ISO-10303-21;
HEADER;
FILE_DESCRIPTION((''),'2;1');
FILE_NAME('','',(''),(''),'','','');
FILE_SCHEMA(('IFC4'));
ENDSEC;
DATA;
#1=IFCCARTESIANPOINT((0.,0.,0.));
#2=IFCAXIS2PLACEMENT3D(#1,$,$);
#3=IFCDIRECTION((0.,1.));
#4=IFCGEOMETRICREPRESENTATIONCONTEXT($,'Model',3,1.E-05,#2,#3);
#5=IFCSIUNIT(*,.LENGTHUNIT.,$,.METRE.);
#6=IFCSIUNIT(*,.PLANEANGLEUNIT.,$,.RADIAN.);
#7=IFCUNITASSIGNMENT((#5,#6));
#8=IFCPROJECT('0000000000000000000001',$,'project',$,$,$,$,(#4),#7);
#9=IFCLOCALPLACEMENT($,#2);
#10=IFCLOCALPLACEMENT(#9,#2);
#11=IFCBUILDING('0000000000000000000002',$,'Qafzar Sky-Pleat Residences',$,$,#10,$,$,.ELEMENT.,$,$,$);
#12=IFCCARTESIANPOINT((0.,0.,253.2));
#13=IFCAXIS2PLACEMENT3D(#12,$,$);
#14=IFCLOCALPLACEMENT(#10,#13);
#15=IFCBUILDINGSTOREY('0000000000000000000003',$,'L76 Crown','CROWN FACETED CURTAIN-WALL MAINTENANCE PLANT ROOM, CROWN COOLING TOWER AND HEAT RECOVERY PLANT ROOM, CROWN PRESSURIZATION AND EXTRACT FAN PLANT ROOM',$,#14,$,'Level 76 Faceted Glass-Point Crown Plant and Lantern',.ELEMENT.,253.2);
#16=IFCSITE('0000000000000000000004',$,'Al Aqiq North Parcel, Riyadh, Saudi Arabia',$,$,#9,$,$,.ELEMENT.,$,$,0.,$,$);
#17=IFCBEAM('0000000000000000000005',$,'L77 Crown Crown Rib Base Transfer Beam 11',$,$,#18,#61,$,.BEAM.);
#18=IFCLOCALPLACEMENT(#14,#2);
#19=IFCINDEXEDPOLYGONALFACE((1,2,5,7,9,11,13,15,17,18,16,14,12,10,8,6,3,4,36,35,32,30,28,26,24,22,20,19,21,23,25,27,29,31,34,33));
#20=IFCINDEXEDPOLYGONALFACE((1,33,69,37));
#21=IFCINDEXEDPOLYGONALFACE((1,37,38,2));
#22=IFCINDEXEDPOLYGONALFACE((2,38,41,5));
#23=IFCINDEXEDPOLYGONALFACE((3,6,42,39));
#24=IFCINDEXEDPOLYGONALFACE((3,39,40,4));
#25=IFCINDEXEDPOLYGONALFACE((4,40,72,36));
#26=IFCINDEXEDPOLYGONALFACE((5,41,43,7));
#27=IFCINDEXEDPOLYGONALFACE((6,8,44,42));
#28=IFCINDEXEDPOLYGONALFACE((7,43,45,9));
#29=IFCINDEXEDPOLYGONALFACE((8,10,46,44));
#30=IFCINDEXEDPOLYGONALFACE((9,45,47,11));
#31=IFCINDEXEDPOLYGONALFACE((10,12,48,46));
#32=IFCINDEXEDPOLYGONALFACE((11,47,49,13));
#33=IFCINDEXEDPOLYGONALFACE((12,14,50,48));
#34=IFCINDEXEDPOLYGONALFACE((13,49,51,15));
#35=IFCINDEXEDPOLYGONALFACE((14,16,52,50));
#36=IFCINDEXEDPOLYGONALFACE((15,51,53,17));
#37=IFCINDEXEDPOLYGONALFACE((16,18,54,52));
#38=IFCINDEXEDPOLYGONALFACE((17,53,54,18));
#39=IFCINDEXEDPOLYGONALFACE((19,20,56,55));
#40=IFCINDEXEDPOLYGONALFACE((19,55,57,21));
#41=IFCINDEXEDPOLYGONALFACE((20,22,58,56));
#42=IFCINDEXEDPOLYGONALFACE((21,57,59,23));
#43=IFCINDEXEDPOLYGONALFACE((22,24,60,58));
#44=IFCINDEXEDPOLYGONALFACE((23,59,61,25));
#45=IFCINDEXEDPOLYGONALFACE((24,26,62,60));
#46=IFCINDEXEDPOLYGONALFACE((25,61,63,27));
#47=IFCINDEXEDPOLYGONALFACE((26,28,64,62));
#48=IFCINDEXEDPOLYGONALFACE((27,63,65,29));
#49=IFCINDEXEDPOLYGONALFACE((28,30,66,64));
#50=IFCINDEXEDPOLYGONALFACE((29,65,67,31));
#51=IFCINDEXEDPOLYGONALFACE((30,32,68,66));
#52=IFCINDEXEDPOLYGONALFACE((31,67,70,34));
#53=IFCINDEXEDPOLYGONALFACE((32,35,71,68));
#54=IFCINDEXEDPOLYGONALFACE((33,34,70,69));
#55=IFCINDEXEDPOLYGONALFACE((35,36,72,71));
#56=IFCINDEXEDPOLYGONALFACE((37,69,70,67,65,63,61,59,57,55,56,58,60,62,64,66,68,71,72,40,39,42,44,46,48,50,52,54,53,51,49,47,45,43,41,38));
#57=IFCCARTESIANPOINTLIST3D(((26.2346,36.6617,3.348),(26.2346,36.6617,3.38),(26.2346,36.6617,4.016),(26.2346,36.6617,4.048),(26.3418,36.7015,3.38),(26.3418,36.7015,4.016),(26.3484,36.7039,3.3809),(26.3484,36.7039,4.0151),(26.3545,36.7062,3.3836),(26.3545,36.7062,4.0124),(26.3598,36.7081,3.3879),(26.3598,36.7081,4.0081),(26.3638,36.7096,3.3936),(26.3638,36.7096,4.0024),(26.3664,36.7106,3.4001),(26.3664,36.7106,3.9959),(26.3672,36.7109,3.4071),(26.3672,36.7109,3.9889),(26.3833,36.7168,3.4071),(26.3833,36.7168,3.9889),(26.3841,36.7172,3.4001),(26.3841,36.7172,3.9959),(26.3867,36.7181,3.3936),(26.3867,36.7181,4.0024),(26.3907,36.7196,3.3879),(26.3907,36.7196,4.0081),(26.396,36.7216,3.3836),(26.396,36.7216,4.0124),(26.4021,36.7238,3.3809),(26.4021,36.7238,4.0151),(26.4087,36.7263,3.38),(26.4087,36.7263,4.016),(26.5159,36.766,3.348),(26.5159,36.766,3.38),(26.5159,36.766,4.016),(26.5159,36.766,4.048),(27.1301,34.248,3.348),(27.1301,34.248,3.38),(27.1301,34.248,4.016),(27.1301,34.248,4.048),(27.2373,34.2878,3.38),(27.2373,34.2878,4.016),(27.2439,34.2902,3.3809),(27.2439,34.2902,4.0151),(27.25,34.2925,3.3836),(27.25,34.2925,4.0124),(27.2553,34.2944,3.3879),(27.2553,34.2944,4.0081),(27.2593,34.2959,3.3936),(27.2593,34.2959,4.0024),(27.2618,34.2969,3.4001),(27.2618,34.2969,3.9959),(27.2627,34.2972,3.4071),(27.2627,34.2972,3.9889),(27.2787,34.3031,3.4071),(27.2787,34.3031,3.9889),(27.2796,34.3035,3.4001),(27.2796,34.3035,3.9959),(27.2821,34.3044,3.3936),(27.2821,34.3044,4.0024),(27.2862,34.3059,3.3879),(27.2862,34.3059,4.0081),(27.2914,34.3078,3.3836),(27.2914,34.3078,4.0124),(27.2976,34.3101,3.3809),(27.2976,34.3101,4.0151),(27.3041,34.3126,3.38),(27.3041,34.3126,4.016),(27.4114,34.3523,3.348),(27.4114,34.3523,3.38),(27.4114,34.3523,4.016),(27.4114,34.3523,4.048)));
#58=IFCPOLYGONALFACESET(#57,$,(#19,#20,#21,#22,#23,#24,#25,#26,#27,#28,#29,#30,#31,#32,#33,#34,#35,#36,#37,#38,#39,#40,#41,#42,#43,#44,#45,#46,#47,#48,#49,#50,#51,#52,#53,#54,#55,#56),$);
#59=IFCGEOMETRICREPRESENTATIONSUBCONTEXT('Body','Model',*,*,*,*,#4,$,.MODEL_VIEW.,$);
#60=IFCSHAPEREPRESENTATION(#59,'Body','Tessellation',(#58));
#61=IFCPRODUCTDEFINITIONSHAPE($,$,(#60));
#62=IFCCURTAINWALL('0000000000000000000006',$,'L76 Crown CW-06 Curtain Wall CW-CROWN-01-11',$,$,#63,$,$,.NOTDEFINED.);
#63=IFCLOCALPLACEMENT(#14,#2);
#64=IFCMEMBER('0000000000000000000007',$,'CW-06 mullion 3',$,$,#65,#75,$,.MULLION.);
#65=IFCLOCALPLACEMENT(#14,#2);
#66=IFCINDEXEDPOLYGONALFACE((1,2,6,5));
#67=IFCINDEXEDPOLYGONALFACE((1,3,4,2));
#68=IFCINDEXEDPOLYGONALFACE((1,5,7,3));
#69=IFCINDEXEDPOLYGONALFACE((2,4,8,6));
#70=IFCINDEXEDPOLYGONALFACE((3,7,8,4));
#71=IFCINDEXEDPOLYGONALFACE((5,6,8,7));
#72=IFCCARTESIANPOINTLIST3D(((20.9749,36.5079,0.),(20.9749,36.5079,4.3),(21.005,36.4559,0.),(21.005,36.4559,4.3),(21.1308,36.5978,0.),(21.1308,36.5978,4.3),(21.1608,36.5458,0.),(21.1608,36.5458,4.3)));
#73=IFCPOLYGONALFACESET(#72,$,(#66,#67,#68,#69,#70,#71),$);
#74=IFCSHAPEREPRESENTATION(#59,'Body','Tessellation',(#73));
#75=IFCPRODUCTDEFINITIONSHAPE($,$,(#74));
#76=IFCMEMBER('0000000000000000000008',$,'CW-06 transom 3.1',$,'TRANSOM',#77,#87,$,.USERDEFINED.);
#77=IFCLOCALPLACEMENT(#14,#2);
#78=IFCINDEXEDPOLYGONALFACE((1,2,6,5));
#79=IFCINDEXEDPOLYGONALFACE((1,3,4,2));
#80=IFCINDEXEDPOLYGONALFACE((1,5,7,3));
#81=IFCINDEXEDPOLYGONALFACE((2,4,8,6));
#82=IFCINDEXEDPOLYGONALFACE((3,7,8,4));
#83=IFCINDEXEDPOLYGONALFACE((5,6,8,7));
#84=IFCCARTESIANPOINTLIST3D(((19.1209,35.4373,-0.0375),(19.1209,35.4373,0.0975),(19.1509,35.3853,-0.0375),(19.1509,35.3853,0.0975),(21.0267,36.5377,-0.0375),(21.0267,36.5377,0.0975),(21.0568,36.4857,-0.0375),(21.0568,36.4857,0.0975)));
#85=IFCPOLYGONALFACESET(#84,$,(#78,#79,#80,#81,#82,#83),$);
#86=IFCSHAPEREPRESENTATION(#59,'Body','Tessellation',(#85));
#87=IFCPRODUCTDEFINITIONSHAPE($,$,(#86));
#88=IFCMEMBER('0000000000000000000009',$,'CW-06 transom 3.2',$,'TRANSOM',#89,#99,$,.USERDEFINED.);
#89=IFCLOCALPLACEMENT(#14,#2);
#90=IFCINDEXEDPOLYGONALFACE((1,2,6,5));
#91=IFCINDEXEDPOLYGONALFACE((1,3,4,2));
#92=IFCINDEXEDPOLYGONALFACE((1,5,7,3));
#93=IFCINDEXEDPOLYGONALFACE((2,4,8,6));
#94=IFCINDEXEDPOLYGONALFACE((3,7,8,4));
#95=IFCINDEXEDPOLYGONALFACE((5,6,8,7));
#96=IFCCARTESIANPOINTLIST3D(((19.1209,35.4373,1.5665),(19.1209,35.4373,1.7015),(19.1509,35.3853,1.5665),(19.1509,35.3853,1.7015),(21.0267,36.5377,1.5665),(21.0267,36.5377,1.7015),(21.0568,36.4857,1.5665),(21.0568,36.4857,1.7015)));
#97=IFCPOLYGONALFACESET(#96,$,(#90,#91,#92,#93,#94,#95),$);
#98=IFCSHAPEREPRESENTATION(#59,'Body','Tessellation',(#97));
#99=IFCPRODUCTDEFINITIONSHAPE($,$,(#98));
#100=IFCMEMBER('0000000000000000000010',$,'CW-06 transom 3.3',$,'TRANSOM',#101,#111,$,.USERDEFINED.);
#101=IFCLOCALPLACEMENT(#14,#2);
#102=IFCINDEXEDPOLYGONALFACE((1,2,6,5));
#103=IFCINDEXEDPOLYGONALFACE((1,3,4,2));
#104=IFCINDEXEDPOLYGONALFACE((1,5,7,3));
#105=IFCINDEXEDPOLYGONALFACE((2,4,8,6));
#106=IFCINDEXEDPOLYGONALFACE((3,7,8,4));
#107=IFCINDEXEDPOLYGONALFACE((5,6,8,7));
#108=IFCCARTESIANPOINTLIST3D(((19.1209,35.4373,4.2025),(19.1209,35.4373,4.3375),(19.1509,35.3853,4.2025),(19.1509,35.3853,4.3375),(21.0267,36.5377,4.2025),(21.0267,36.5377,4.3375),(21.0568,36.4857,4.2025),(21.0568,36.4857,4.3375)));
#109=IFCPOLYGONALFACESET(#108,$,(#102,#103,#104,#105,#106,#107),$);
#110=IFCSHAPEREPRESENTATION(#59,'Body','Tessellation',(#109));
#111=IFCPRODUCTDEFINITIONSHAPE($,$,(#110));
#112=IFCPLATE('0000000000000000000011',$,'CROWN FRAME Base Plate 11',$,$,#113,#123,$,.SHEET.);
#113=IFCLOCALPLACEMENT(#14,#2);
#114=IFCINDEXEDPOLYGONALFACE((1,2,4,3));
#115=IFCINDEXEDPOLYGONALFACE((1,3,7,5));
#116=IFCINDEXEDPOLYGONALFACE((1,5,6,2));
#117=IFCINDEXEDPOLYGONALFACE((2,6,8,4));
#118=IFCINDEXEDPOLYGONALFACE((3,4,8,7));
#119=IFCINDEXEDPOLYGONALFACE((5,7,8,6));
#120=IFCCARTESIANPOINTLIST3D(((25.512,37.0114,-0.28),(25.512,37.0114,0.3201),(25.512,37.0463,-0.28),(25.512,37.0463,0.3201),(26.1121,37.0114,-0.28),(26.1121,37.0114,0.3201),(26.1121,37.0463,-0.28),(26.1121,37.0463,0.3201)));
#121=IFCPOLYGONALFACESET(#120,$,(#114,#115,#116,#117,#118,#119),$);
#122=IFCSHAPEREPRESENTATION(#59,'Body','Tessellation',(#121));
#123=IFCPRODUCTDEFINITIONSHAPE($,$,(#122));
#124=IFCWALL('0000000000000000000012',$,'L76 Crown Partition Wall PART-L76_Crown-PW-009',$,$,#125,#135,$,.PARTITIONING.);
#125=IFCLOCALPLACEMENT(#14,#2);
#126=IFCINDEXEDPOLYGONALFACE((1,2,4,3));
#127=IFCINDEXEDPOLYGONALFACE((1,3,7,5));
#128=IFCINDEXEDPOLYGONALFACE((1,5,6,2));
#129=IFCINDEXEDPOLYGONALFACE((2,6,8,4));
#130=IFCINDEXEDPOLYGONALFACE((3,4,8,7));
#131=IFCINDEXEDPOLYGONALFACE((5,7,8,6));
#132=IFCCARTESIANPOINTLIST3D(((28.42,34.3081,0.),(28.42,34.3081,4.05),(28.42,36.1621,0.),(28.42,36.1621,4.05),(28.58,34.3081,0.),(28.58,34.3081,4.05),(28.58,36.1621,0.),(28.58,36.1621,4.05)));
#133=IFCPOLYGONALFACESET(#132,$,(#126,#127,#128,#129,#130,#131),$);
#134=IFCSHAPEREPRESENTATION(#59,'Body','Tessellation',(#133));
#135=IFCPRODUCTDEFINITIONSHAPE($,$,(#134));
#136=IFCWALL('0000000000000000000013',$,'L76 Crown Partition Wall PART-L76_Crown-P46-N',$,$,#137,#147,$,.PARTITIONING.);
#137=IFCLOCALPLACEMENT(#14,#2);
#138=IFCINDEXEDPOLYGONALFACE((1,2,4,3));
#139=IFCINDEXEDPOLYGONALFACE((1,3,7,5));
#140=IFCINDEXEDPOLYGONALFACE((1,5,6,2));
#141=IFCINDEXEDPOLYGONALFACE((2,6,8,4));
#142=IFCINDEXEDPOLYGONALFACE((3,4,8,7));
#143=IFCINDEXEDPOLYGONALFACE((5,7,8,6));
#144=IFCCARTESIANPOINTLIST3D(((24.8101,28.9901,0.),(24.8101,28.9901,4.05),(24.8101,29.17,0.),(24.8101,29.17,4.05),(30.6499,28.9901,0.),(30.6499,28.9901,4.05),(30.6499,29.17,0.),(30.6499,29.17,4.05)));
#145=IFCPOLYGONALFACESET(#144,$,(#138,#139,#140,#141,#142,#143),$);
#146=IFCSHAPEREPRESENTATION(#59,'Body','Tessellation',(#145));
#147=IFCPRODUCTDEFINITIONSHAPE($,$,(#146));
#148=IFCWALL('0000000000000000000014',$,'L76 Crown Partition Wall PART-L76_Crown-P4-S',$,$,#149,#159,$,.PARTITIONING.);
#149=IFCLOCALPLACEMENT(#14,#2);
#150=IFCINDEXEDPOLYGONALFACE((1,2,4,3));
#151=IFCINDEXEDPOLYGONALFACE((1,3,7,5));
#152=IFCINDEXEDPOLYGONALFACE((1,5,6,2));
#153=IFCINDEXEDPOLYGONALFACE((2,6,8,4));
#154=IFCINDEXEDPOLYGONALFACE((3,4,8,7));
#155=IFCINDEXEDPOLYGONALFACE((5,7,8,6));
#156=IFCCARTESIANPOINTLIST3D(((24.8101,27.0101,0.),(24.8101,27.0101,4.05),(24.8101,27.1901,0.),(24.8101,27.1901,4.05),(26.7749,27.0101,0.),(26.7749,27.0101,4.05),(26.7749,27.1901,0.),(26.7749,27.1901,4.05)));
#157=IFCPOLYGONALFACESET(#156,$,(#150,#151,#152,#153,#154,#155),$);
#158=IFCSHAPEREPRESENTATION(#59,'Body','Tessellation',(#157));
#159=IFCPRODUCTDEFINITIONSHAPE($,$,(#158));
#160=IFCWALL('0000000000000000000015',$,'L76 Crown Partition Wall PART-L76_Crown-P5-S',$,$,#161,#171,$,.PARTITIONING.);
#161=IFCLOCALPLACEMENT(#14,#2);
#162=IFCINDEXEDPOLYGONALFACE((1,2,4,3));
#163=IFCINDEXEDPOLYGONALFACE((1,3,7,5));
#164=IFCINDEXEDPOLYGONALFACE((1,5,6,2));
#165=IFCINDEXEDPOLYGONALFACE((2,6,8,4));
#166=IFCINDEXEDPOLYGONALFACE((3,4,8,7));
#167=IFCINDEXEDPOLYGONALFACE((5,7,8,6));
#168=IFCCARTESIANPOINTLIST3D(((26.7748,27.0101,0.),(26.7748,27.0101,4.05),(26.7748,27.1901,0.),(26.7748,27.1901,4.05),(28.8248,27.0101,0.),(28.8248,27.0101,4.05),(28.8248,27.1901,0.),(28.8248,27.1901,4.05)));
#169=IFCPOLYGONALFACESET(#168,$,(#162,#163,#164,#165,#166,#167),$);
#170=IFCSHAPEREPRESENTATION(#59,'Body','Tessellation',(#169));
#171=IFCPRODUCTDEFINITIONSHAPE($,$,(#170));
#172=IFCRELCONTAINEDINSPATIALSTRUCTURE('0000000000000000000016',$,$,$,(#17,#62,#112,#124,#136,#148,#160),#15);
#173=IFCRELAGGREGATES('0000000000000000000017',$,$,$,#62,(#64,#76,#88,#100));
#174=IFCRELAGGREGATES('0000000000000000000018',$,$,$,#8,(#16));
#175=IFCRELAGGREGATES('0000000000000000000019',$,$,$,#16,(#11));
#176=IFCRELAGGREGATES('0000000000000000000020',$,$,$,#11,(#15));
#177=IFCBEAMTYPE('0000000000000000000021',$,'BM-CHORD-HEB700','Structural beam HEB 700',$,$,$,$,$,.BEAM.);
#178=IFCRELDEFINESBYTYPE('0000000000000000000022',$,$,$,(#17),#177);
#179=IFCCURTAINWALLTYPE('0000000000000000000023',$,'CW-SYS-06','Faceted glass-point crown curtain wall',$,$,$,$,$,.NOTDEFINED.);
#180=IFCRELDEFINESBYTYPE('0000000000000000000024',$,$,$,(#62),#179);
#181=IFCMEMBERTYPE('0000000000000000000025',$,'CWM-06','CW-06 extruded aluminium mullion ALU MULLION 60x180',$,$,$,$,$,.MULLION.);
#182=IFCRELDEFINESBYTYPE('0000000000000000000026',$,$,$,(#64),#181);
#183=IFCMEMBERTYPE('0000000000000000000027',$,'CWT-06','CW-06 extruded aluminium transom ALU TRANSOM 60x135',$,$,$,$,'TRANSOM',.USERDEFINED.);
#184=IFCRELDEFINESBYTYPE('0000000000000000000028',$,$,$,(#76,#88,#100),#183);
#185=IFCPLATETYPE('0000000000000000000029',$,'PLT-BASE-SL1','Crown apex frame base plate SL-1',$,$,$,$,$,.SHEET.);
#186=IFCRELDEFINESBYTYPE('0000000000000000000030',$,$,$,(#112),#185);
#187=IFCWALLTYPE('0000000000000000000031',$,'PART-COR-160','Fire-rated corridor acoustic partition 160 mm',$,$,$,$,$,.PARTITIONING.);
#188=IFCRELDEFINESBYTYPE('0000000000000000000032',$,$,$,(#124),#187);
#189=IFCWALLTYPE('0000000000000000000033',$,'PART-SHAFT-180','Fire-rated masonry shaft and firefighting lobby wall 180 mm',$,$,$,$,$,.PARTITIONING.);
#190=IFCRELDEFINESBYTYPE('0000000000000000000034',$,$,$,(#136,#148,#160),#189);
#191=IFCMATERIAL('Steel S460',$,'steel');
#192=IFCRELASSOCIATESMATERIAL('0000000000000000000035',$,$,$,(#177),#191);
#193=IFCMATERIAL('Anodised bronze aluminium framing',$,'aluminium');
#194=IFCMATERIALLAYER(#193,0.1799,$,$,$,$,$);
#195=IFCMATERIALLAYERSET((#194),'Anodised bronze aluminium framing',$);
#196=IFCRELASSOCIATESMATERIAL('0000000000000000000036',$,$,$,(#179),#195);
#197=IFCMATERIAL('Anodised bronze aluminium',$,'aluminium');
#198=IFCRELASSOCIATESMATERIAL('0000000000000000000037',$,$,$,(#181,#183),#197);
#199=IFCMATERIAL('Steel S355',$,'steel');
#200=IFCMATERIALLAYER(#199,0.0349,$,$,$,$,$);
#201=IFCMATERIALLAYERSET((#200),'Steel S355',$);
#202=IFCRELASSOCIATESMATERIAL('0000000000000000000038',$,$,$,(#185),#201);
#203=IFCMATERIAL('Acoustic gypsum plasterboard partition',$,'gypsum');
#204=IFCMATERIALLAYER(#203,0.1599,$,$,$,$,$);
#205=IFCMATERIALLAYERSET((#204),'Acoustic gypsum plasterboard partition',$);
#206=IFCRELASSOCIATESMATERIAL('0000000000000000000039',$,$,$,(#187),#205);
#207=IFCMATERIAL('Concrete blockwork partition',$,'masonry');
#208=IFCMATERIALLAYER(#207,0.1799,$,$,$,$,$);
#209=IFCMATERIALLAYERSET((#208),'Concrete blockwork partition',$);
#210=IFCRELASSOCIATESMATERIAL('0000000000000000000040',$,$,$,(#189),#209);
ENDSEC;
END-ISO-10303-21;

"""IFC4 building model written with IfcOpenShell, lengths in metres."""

from ifc_helpers import new_model, si_unit, direction, frame, frame_2d, origin, origin_2d, place, context, subcontext, project, spatial, rectangle, i_section, extrude, source, transform, mapped, material, layer, layer_set, material_profile, profile_set, type_object, element, aggregate, save


model = new_model("IFC4")

# Units and contexts
model_context = context("Model", 3, precision=1e-05, world=origin(), true_north=direction((0.0, 1.0)))
body_context = subcontext(model_context, "Body", "Model", "MODEL_VIEW")
ifc_project = project(units=[si_unit("LENGTHUNIT", "METRE"), si_unit("PLANEANGLEUNIT", "RADIAN")], contexts=[model_context])

# Site, building, storey
site_placement = place(None, origin())
site = spatial("IfcSite", under=ifc_project, at=site_placement, Name="Al Aqiq North Parcel, Riyadh, Saudi Arabia", CompositionType="ELEMENT", RefElevation=0.0)
building_placement = place(site_placement, origin())
building = spatial("IfcBuilding", under=site, at=building_placement, Name="Qafzar Sky-Pleat Residences", CompositionType="ELEMENT")
storey_placement = place(building_placement, frame((0.0, 0.0, 253.2)))
storey = spatial("IfcBuildingStorey", under=building, at=storey_placement, Name="L76 Crown", Description="CROWN FACETED CURTAIN-WALL MAINTENANCE PLANT ROOM, CROWN COOLING TOWER AND HEAT RECOVERY PLANT ROOM, CROWN PRESSURIZATION AND EXTRACT FAN PLANT ROOM", LongName="Level 76 Faceted Glass-Point Crown Plant and Lantern", CompositionType="ELEMENT", Elevation=253.2)

# Shared definitions
ifc_material_1 = material(Name="Steel S460", Category="steel")
ifc_material_2 = material(Name="Steel S355", Category="steel")

# Beam
ifc_material_profile_1 = material_profile(ifc_material_1, i_section(OverallWidth=0.3, OverallDepth=0.7, WebThickness=0.0171, FlangeThickness=0.032, FilletRadius=0.0271, at=origin_2d()), Name="HEB 700")
ifc_profile_set_1 = profile_set([ifc_material_profile_1], Name="Steel S460")
beam_type = type_object("IfcBeamType", Name="BM-CHORD-HEB700", Description="Structural beam HEB 700", PredefinedType="BEAM", material=ifc_profile_set_1)
shared_shape_1 = source(origin(), body_context, "Body", "SweptSolid", [
    extrude(i_section(OverallWidth=0.3, OverallDepth=0.7, WebThickness=0.0171, FlangeThickness=0.032, FilletRadius=0.0271, at=origin_2d()), origin(), (0.0, 0.0, 1.0), 2.5745),
])
beam_1_placement = place(storey_placement, frame((26.3752, 36.7139, 3.698), z_axis=(0.347827, -0.937559, 0.0), x_axis=(0.937559, 0.347827, 0.0)))
element("IfcBeam", 1, at=beam_1_placement, inside=storey, type_object=beam_type, Name="L77 Crown Crown Rib Base Transfer Beam 11", PredefinedType="BEAM", context=body_context, shape_type="MappedRepresentation", body=[
    mapped(shared_shape_1, transform((0.0, 0.0, 0.0), x_axis=(1.0, 0.0, 0.0), y_axis=(0.0, 1.0, 0.0), z_axis=(0.0, 0.0, 1.0), scale=1.0)),
])

# Curtain wall, members
ifc_material_3 = material(Name="Anodised bronze aluminium framing", Category="aluminium")
ifc_layer_1 = layer(ifc_material_3, 0.1799)
ifc_layer_set_1 = layer_set([ifc_layer_1], Name="Anodised bronze aluminium framing")
curtain_wall_type = type_object("IfcCurtainWallType", Name="CW-SYS-06", Description="Faceted glass-point crown curtain wall", PredefinedType="NOTDEFINED", material=ifc_layer_set_1)
curtain_wall_placement = place(storey_placement, origin())
curtain_wall = element("IfcCurtainWall", 2, at=curtain_wall_placement, inside=storey, type_object=curtain_wall_type, Name="L76 Crown CW-06 Curtain Wall CW-CROWN-01-11", PredefinedType="NOTDEFINED")
ifc_material_4 = material(Name="Anodised bronze aluminium", Category="aluminium")
ifc_material_profile_2 = material_profile(ifc_material_4, rectangle(XDim=0.0601, YDim=0.1799, at=origin_2d()), Name="ALU MULLION 60x180")
ifc_profile_set_2 = profile_set([ifc_material_profile_2], Name="Anodised bronze aluminium")
member_type_1 = type_object("IfcMemberType", Name="CWM-06", Description="CW-06 extruded aluminium mullion ALU MULLION 60x180", PredefinedType="MULLION", material=ifc_profile_set_2)
shared_shape_2 = source(origin(), body_context, "Body", "SweptSolid", [
    extrude(rectangle(XDim=0.0601, YDim=0.1799, at=origin_2d()), origin(), (0.0, 0.0, 1.0), 4.3),
])
member_1_placement = place(storey_placement, frame((21.0679, 36.5269, 0.0), z_axis=(0.0, 0.0, 1.0), x_axis=(0.5, -0.866025, 0.0)))
member_1 = element("IfcMember", 3, at=member_1_placement, type_object=member_type_1, Name="CW-06 mullion 3", PredefinedType="MULLION", context=body_context, shape_type="MappedRepresentation", body=[
    mapped(shared_shape_2, transform((0.0, 0.0, 0.0), x_axis=(1.0, 0.0, 0.0), y_axis=(0.0, 1.0, 0.0), z_axis=(0.0, 0.0, 1.0), scale=1.0)),
])
ifc_material_profile_3 = material_profile(ifc_material_4, rectangle(XDim=0.0601, YDim=0.135, at=origin_2d()), Name="ALU TRANSOM 60x135")
ifc_profile_set_3 = profile_set([ifc_material_profile_3], Name="Anodised bronze aluminium")
member_type_2 = type_object("IfcMemberType", Name="CWT-06", Description="CW-06 extruded aluminium transom ALU TRANSOM 60x135", ElementType="TRANSOM", PredefinedType="USERDEFINED", material=ifc_profile_set_3)
shared_shape_3 = source(origin(), body_context, "Body", "SweptSolid", [
    extrude(rectangle(XDim=0.0601, YDim=0.135, at=origin_2d()), origin(), (0.0, 0.0, 1.0), 2.2007),
])
member_2_placement = place(storey_placement, frame((21.0417, 36.5117, 0.03), z_axis=(-0.866016, -0.500017, 0.0), x_axis=(0.500017, -0.866016, 0.0)))
member_2 = element("IfcMember", 4, at=member_2_placement, type_object=member_type_2, Name="CW-06 transom 3.1", ObjectType="TRANSOM", PredefinedType="USERDEFINED", context=body_context, shape_type="MappedRepresentation", body=[
    mapped(shared_shape_3, transform((0.0, 0.0, 0.0), x_axis=(1.0, 0.0, 0.0), y_axis=(0.0, 1.0, 0.0), z_axis=(0.0, 0.0, 1.0), scale=1.0)),
])
member_3_placement = place(storey_placement, frame((21.0417, 36.5117, 1.634), z_axis=(-0.866016, -0.500017, 0.0), x_axis=(0.500017, -0.866016, 0.0)))
member_3 = element("IfcMember", 5, at=member_3_placement, type_object=member_type_2, Name="CW-06 transom 3.2", ObjectType="TRANSOM", PredefinedType="USERDEFINED", context=body_context, shape_type="MappedRepresentation", body=[
    mapped(shared_shape_3, transform((0.0, 0.0, 0.0), x_axis=(1.0, 0.0, 0.0), y_axis=(0.0, 1.0, 0.0), z_axis=(0.0, 0.0, 1.0), scale=1.0)),
])
member_4_placement = place(storey_placement, frame((21.0417, 36.5117, 4.27), z_axis=(-0.866016, -0.500017, 0.0), x_axis=(0.500017, -0.866016, 0.0)))
member_4 = element("IfcMember", 6, at=member_4_placement, type_object=member_type_2, Name="CW-06 transom 3.3", ObjectType="TRANSOM", PredefinedType="USERDEFINED", context=body_context, shape_type="MappedRepresentation", body=[
    mapped(shared_shape_3, transform((0.0, 0.0, 0.0), x_axis=(1.0, 0.0, 0.0), y_axis=(0.0, 1.0, 0.0), z_axis=(0.0, 0.0, 1.0), scale=1.0)),
])
aggregate(curtain_wall, [member_1, member_2, member_3, member_4])

# Plate
ifc_layer_2 = layer(ifc_material_2, 0.0349)
ifc_layer_set_2 = layer_set([ifc_layer_2], Name="Steel S355")
plate_type = type_object("IfcPlateType", Name="PLT-BASE-SL1", Description="Crown apex frame base plate SL-1", PredefinedType="SHEET", material=ifc_layer_set_2)
shared_shape_4 = source(origin(), body_context, "Body", "SweptSolid", [
    extrude(rectangle(XDim=0.6001, YDim=0.0349, at=origin_2d()), origin(), (0.0, 0.0, 1.0), 0.6001),
])
plate_placement = place(storey_placement, frame((25.812, 37.0288, -0.28), z_axis=(0.0, 0.0, 1.0), x_axis=(1.0, 0.0, 0.0)))
element("IfcPlate", 7, at=plate_placement, inside=storey, type_object=plate_type, Name="CROWN FRAME Base Plate 11", PredefinedType="SHEET", context=body_context, shape_type="MappedRepresentation", body=[
    mapped(shared_shape_4, transform((0.0, 0.0, 0.0), x_axis=(1.0, 0.0, 0.0), y_axis=(0.0, 1.0, 0.0), z_axis=(0.0, 0.0, 1.0), scale=1.0)),
])

# Walls
ifc_material_5 = material(Name="Acoustic gypsum plasterboard partition", Category="gypsum")
ifc_layer_3 = layer(ifc_material_5, 0.1599)
ifc_layer_set_3 = layer_set([ifc_layer_3], Name="Acoustic gypsum plasterboard partition")
wall_type_1 = type_object("IfcWallType", Name="PART-COR-160", Description="Fire-rated corridor acoustic partition 160 mm", PredefinedType="PARTITIONING", material=ifc_layer_set_3)
wall_1_placement = place(storey_placement, frame((28.5, 34.3081, 0.0), z_axis=(0.0, 0.0, 1.0), x_axis=(0.0, 1.0, 0.0)))
element("IfcWall", 8, at=wall_1_placement, inside=storey, type_object=wall_type_1, Name="L76 Crown Partition Wall PART-L76_Crown-PW-009", PredefinedType="PARTITIONING", context=body_context, shape_type="SweptSolid", body=[
    extrude(rectangle(XDim=1.854, YDim=0.1599, at=frame_2d((0.927, 0.0))), origin(), (0.0, 0.0, 1.0), 4.05),
])
ifc_material_6 = material(Name="Concrete blockwork partition", Category="masonry")
ifc_layer_4 = layer(ifc_material_6, 0.1799)
ifc_layer_set_4 = layer_set([ifc_layer_4], Name="Concrete blockwork partition")
wall_type_2 = type_object("IfcWallType", Name="PART-SHAFT-180", Description="Fire-rated masonry shaft and firefighting lobby wall 180 mm", PredefinedType="PARTITIONING", material=ifc_layer_set_4)
wall_2_placement = place(storey_placement, frame((24.8101, 29.0801, 0.0), z_axis=(0.0, 0.0, 1.0), x_axis=(1.0, 0.0, 0.0)))
element("IfcWall", 9, at=wall_2_placement, inside=storey, type_object=wall_type_2, Name="L76 Crown Partition Wall PART-L76_Crown-P46-N", PredefinedType="PARTITIONING", context=body_context, shape_type="SweptSolid", body=[
    extrude(rectangle(XDim=5.8398, YDim=0.1799, at=frame_2d((2.9199, 0.0))), origin(), (0.0, 0.0, 1.0), 4.05),
])
wall_3_placement = place(storey_placement, frame((24.8101, 27.1001, 0.0), z_axis=(0.0, 0.0, 1.0), x_axis=(1.0, 0.0, 0.0)))
element("IfcWall", 10, at=wall_3_placement, inside=storey, type_object=wall_type_2, Name="L76 Crown Partition Wall PART-L76_Crown-P4-S", PredefinedType="PARTITIONING", context=body_context, shape_type="SweptSolid", body=[
    extrude(rectangle(XDim=1.9648, YDim=0.1799, at=frame_2d((0.9824, 0.0))), origin(), (0.0, 0.0, 1.0), 4.05),
])
wall_4_placement = place(storey_placement, frame((26.7749, 27.1001, 0.0), z_axis=(0.0, 0.0, 1.0), x_axis=(1.0, 0.0, 0.0)))
element("IfcWall", 11, at=wall_4_placement, inside=storey, type_object=wall_type_2, Name="L76 Crown Partition Wall PART-L76_Crown-P5-S", PredefinedType="PARTITIONING", context=body_context, shape_type="SweptSolid", body=[
    extrude(rectangle(XDim=2.05, YDim=0.1799, at=frame_2d((1.0249, 0.0))), origin(), (0.0, 0.0, 1.0), 4.05),
])

save(model, "model.ifc")
